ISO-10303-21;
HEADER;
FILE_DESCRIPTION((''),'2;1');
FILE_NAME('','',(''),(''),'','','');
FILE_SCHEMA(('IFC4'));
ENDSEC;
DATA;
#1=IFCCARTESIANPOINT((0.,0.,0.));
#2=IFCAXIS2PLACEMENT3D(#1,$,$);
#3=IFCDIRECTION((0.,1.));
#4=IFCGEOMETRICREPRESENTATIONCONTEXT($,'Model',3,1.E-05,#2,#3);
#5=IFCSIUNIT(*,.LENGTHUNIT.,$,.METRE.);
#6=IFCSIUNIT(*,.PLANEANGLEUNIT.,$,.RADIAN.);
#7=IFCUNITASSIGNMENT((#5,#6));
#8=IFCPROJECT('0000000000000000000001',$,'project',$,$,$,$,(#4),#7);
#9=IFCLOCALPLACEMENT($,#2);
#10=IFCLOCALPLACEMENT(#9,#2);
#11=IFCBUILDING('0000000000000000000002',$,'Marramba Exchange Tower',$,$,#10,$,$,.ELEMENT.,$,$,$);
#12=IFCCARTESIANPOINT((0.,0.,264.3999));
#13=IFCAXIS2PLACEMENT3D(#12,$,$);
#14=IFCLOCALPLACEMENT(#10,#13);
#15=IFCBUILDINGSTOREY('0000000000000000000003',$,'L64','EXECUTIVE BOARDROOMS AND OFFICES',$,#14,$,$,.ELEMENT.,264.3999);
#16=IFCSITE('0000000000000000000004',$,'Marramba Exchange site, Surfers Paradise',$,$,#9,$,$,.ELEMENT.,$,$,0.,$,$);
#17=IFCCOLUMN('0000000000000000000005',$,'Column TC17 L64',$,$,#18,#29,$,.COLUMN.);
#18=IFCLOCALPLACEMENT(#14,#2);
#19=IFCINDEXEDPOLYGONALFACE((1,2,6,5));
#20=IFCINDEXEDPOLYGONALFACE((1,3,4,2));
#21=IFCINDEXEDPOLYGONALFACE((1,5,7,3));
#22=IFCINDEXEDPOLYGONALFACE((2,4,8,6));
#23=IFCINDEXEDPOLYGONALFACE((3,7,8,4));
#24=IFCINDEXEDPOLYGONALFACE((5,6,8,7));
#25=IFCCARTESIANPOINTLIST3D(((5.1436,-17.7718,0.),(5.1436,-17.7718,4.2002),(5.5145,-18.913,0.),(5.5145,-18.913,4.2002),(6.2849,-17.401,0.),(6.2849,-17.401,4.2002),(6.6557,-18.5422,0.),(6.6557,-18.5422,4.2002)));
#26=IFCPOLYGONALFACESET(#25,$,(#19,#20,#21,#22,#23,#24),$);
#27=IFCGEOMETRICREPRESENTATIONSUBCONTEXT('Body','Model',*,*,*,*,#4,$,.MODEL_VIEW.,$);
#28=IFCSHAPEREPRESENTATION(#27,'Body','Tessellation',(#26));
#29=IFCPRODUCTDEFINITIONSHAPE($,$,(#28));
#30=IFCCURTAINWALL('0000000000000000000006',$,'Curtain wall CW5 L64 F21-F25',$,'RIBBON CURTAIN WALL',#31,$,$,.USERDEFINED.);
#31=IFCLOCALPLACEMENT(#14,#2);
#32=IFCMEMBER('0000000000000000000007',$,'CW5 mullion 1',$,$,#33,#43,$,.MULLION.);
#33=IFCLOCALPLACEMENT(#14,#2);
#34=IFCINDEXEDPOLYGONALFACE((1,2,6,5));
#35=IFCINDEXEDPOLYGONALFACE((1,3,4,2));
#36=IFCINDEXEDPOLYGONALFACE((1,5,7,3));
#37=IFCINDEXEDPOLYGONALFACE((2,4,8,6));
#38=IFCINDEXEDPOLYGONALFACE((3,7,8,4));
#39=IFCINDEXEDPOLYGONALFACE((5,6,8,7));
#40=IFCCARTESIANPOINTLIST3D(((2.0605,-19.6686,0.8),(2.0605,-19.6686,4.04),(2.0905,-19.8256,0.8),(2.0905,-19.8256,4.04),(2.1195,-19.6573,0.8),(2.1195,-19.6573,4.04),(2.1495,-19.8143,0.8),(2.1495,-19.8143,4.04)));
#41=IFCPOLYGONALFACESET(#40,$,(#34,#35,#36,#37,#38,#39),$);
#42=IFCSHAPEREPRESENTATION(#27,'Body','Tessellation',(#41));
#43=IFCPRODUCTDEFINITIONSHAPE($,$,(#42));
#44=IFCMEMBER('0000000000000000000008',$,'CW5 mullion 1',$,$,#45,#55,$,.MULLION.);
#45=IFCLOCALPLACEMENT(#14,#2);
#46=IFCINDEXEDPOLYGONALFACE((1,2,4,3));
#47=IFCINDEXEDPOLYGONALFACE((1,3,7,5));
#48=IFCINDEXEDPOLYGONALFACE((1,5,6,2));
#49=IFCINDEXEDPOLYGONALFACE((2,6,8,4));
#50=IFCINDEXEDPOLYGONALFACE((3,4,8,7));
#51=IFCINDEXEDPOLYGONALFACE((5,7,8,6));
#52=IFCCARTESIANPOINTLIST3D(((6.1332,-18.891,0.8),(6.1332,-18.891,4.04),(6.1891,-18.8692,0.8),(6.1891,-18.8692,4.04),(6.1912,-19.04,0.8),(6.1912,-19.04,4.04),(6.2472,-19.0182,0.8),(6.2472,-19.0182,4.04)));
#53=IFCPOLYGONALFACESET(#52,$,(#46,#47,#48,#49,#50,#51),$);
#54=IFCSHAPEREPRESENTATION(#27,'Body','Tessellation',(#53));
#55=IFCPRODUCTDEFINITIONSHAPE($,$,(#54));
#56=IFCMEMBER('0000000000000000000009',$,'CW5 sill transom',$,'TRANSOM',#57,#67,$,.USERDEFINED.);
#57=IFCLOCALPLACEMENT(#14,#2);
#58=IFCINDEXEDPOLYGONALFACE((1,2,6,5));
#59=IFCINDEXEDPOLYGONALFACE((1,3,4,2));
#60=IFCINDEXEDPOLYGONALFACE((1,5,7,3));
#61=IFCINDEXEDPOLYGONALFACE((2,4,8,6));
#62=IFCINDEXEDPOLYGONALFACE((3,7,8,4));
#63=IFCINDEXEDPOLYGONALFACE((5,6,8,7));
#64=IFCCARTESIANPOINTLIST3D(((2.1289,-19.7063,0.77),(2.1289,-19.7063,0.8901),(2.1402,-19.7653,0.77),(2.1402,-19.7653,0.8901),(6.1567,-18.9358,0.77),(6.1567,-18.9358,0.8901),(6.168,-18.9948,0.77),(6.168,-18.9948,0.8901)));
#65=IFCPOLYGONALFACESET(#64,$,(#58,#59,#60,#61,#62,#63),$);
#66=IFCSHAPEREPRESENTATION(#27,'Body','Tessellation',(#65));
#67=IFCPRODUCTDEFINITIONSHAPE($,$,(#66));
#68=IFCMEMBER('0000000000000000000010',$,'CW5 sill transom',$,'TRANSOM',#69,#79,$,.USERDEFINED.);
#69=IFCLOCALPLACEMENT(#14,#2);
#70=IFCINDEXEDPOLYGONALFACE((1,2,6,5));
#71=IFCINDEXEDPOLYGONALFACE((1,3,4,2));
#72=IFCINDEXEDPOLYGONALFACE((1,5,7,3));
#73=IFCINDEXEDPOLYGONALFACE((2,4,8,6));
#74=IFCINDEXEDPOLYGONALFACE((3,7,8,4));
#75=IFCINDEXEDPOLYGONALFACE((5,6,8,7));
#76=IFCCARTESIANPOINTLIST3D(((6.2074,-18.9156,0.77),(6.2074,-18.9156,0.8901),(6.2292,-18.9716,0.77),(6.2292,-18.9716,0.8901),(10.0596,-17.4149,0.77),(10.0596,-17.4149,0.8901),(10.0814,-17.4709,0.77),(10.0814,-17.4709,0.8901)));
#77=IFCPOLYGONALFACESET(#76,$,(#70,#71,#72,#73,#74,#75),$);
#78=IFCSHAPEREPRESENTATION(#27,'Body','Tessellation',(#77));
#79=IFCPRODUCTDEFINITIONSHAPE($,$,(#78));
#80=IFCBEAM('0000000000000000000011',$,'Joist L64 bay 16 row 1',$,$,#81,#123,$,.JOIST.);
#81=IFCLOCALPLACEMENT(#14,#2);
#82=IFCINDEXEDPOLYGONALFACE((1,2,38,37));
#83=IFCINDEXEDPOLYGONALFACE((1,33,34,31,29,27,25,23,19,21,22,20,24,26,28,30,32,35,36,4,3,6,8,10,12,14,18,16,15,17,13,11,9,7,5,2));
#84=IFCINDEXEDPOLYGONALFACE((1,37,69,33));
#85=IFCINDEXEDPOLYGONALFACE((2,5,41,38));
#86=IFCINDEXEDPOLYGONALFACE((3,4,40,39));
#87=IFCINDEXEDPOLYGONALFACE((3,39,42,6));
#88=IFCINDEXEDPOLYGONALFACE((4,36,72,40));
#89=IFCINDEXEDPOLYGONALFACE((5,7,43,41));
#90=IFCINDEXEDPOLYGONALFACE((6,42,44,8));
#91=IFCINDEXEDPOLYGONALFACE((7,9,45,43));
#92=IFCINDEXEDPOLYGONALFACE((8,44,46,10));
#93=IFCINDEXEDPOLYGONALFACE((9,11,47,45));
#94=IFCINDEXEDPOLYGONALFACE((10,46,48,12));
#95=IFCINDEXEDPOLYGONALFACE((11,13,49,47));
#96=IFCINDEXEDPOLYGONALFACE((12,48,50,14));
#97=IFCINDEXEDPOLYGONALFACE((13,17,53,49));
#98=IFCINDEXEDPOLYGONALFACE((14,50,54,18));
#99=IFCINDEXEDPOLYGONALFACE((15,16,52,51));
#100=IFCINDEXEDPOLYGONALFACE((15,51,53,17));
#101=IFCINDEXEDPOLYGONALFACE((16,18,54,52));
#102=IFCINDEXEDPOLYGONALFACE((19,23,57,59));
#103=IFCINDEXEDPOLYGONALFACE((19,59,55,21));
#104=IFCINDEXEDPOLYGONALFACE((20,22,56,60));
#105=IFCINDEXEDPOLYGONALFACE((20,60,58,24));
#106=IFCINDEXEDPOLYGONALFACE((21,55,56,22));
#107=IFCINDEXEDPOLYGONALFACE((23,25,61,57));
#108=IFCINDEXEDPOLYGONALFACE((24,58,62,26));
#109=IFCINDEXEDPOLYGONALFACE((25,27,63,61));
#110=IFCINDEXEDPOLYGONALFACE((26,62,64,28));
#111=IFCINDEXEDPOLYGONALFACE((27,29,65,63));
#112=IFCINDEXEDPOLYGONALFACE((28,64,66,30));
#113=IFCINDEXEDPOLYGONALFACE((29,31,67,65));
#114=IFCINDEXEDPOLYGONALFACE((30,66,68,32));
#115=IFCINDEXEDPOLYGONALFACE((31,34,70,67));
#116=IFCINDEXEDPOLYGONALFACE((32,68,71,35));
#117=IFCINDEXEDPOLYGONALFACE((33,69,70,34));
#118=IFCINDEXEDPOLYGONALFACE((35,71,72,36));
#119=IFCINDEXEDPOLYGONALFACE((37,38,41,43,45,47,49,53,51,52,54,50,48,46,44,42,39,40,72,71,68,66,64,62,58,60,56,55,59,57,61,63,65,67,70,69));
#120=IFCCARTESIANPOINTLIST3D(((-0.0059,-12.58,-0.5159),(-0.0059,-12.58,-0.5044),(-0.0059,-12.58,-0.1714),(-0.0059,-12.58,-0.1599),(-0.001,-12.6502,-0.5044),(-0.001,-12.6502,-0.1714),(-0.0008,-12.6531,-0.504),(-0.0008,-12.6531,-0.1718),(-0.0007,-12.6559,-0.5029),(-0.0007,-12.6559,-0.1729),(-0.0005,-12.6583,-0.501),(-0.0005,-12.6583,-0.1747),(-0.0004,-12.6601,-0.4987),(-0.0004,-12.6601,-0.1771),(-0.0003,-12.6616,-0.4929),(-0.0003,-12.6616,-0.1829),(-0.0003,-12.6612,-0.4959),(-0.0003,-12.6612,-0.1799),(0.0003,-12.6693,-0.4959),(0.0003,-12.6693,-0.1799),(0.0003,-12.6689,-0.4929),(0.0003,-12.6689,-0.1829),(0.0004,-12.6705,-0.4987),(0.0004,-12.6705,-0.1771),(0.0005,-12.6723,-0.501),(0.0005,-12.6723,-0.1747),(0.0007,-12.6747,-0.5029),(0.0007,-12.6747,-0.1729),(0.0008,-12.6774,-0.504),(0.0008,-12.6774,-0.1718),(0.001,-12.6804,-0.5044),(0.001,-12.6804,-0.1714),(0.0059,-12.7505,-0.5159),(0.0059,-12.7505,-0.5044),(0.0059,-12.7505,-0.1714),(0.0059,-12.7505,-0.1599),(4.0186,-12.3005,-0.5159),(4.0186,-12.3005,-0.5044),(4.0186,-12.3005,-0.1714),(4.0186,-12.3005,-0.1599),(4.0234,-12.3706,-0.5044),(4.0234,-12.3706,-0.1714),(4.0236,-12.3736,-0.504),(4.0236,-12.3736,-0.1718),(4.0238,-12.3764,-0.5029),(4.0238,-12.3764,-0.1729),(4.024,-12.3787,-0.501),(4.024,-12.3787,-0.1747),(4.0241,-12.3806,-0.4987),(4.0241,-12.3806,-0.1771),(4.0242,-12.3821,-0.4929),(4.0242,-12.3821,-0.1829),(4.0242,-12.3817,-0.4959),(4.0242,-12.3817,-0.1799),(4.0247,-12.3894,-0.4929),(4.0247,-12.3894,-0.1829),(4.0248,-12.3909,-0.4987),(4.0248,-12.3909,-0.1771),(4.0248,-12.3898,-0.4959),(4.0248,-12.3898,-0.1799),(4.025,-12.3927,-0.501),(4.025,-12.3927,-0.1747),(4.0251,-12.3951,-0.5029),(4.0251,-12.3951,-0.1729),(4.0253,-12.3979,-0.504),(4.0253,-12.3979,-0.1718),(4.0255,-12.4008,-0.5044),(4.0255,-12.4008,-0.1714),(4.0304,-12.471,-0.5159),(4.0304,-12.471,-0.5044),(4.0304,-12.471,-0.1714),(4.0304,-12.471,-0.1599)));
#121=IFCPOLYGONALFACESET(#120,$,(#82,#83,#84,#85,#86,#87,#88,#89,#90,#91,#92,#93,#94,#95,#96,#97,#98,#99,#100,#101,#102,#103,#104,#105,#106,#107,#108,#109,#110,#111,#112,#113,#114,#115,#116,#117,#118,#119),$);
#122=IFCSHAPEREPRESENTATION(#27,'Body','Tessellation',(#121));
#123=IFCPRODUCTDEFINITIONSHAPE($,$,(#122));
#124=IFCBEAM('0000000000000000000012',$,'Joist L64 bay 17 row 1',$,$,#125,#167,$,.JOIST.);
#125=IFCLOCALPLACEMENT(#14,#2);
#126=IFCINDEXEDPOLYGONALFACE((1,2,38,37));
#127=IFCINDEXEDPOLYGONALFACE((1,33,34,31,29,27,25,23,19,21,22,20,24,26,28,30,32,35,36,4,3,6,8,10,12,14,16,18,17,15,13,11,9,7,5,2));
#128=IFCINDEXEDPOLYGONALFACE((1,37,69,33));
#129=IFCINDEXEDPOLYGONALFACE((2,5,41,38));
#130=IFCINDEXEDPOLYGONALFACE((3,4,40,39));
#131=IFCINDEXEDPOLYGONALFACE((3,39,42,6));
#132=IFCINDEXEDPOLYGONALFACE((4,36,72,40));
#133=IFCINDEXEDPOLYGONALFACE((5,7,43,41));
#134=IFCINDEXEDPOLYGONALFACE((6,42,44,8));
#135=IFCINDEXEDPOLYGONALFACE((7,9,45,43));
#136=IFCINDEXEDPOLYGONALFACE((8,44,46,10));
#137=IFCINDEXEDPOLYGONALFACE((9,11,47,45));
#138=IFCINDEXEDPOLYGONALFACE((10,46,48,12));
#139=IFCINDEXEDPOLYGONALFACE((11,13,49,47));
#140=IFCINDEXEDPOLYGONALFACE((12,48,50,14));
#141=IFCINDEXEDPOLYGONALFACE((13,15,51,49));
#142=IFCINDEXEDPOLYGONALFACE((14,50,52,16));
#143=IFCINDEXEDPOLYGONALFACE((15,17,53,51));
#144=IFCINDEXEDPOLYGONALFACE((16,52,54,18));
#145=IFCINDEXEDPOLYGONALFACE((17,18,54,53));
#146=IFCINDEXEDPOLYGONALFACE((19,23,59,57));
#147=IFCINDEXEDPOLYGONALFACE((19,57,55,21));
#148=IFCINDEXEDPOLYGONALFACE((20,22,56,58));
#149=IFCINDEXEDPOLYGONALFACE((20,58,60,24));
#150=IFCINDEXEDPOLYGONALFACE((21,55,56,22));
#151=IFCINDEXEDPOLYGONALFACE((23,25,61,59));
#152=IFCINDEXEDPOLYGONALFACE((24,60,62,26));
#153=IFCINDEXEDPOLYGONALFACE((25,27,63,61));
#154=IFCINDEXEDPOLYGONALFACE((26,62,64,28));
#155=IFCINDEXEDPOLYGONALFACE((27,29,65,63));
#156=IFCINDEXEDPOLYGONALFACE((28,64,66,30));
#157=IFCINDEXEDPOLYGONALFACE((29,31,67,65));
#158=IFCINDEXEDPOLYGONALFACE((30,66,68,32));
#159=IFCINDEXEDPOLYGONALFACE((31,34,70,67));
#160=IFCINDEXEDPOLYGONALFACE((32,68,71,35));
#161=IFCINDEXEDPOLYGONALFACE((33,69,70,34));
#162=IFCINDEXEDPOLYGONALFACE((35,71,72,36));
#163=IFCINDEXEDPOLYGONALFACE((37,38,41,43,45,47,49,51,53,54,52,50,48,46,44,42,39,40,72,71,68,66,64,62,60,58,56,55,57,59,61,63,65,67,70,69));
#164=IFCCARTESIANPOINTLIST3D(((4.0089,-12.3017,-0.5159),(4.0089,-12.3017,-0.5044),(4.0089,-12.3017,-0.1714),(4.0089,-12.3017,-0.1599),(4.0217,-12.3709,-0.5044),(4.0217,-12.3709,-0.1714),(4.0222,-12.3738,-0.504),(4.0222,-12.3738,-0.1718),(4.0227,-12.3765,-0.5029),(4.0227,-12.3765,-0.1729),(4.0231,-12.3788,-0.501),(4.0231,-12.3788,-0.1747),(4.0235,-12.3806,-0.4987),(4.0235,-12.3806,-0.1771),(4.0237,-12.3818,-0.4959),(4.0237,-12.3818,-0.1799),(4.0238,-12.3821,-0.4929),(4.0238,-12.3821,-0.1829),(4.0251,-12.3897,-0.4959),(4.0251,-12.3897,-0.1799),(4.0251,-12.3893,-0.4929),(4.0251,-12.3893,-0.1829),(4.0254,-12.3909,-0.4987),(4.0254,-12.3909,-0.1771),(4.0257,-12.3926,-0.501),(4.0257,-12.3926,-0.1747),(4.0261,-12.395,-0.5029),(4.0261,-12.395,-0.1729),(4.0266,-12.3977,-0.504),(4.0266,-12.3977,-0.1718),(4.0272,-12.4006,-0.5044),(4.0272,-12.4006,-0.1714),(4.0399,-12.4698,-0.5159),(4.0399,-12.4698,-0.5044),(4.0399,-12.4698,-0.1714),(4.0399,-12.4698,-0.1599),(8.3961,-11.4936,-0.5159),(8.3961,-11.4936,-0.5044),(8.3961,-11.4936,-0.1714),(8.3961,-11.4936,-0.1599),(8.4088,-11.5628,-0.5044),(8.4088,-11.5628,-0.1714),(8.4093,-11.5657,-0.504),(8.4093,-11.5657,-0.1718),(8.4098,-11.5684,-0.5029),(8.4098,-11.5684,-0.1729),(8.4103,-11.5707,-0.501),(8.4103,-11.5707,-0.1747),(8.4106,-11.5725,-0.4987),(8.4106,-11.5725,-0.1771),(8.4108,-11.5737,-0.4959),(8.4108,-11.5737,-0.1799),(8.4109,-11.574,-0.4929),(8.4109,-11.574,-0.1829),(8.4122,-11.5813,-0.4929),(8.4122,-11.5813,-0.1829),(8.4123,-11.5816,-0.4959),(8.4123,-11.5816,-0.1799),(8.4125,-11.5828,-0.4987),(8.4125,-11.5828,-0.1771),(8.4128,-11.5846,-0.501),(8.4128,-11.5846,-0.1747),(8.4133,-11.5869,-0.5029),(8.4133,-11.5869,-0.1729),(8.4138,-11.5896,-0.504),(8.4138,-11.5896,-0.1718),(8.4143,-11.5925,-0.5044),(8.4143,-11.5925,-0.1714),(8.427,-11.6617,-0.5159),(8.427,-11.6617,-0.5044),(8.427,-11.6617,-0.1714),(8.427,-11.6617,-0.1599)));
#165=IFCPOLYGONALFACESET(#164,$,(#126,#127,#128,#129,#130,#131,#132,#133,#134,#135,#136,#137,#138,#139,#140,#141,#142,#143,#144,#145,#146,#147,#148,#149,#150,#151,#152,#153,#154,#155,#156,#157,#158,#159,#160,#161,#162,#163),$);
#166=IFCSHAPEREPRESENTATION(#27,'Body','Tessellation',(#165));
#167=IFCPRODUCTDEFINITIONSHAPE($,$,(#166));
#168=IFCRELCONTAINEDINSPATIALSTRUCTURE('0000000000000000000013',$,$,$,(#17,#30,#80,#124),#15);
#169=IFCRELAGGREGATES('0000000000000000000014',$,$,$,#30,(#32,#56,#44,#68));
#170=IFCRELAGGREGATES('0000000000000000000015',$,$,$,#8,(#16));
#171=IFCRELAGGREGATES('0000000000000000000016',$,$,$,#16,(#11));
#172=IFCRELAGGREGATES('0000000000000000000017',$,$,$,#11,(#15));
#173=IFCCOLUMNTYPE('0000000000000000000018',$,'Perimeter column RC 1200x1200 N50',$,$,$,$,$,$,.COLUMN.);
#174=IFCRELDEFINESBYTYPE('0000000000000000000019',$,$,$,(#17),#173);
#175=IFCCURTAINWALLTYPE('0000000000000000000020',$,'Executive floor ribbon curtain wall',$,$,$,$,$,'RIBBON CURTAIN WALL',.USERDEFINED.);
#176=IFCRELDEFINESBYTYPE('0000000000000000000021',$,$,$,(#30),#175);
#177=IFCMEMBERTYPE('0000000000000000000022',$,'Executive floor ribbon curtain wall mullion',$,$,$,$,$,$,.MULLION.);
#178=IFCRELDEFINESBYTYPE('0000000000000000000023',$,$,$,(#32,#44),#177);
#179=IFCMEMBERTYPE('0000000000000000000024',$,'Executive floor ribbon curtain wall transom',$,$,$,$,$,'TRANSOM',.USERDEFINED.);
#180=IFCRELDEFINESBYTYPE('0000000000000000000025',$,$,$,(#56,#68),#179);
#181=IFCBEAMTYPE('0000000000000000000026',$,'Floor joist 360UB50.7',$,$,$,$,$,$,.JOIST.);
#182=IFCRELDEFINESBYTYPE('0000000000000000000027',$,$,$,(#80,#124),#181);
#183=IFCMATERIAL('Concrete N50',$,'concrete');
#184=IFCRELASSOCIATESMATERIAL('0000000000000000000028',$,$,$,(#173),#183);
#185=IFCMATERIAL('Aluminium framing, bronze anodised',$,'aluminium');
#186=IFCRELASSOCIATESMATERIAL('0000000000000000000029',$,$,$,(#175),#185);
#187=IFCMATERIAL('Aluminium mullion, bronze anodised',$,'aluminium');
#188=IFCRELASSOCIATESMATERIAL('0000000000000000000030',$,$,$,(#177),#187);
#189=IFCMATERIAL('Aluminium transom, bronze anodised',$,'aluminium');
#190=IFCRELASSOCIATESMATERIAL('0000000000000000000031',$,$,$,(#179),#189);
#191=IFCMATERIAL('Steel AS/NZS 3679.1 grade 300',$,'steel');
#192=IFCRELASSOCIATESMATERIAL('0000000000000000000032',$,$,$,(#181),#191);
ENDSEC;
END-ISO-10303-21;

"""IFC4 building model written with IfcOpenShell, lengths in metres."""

from ifc_helpers import new_model, si_unit, direction, frame, origin, origin_2d, place, context, subcontext, project, spatial, rectangle, i_section, extrude, material, material_profile, profile_set, type_object, element, aggregate, save


model = new_model("IFC4")

# Units and contexts
model_context = context("Model", 3, precision=1e-05, world=origin(), true_north=direction((0.0, 1.0)))
body_context = subcontext(model_context, "Body", "Model", "MODEL_VIEW")
ifc_project = project(units=[si_unit("LENGTHUNIT", "METRE"), si_unit("PLANEANGLEUNIT", "RADIAN")], contexts=[model_context])

# Site, building, storey
site_placement = place(None, origin())
site = spatial("IfcSite", under=ifc_project, at=site_placement, Name="Marramba Exchange site, Surfers Paradise", CompositionType="ELEMENT", RefElevation=0.0)
building_placement = place(site_placement, origin())
building = spatial("IfcBuilding", under=site, at=building_placement, Name="Marramba Exchange Tower", CompositionType="ELEMENT")
storey_placement = place(building_placement, frame((0.0, 0.0, 264.3999)))
storey = spatial("IfcBuildingStorey", under=building, at=storey_placement, Name="L64", Description="EXECUTIVE BOARDROOMS AND OFFICES", CompositionType="ELEMENT", Elevation=264.3999)

# Column
ifc_material_1 = material(Name="Concrete N50", Category="concrete")
ifc_material_profile_1 = material_profile(ifc_material_1, rectangle(XDim=1.2, YDim=1.2, at=origin_2d()), Name="RC 1200x1200")
ifc_profile_set_1 = profile_set([ifc_material_profile_1], Name="Concrete N50")
column_type = type_object("IfcColumnType", Name="Perimeter column RC 1200x1200 N50", PredefinedType="COLUMN", material=ifc_profile_set_1)
column_placement = place(storey_placement, frame((5.8997, -18.157, 0.0), z_axis=(0.0, 0.0, 1.0), x_axis=(0.309017, -0.951057, 0.0)))
element("IfcColumn", 1, at=column_placement, inside=storey, type_object=column_type, Name="Column TC17 L64", PredefinedType="COLUMN", context=body_context, shape_type="SweptSolid", body=[
    extrude(rectangle(XDim=1.2, YDim=1.2, at=origin_2d()), origin(), (0.0, 0.0, 1.0), 4.2002),
])

# Curtain wall, members
ifc_material_2 = material(Name="Aluminium framing, bronze anodised", Category="aluminium")
curtain_wall_type = type_object("IfcCurtainWallType", Name="Executive floor ribbon curtain wall", ElementType="RIBBON CURTAIN WALL", PredefinedType="USERDEFINED", material=ifc_material_2)
curtain_wall_placement = place(storey_placement, origin())
curtain_wall = element("IfcCurtainWall", 2, at=curtain_wall_placement, inside=storey, type_object=curtain_wall_type, Name="Curtain wall CW5 L64 F21-F25", ObjectType="RIBBON CURTAIN WALL", PredefinedType="USERDEFINED")
ifc_material_3 = material(Name="Aluminium mullion, bronze anodised", Category="aluminium")
ifc_material_profile_2 = material_profile(ifc_material_3, rectangle(XDim=0.1599, YDim=0.0601, at=origin_2d()), Name="CW5 mullion 60x160")
ifc_profile_set_2 = profile_set([ifc_material_profile_2], Name="Aluminium mullion, bronze anodised")
member_type_1 = type_object("IfcMemberType", Name="Executive floor ribbon curtain wall mullion", PredefinedType="MULLION", material=ifc_profile_set_2)
member_1_placement = place(storey_placement, frame((2.105, -19.7415, 0.8), z_axis=(0.0, 0.0, 1.0), x_axis=(-0.187873, 0.982193, 0.0)))
member_1 = element("IfcMember", 3, at=member_1_placement, type_object=member_type_1, Name="CW5 mullion 1", PredefinedType="MULLION", context=body_context, shape_type="SweptSolid", body=[
    extrude(rectangle(XDim=0.1599, YDim=0.0601, at=origin_2d()), origin(), (0.0, 0.0, 1.0), 3.24),
])
member_2_placement = place(storey_placement, frame((6.1902, -18.9546, 0.8), z_axis=(0.0, 0.0, 1.0), x_axis=(-0.36301, 0.931785, 0.0)))
member_2 = element("IfcMember", 4, at=member_2_placement, type_object=member_type_1, Name="CW5 mullion 1", PredefinedType="MULLION", context=body_context, shape_type="SweptSolid", body=[
    extrude(rectangle(XDim=0.1599, YDim=0.0601, at=origin_2d()), origin(), (0.0, 0.0, 1.0), 3.24),
])
ifc_material_4 = material(Name="Aluminium transom, bronze anodised", Category="aluminium")
ifc_material_profile_3 = material_profile(ifc_material_4, rectangle(XDim=0.0601, YDim=0.1201, at=origin_2d()), Name="CW5 transom 60x120")
ifc_profile_set_3 = profile_set([ifc_material_profile_3], Name="Aluminium transom, bronze anodised")
member_type_2 = type_object("IfcMemberType", Name="Executive floor ribbon curtain wall transom", ElementType="TRANSOM", PredefinedType="USERDEFINED", material=ifc_profile_set_3)
member_3_placement = place(storey_placement, frame((2.1345, -19.7358, 0.8301), z_axis=(0.98219, 0.187889, 0.0), x_axis=(-0.187889, 0.98219, 0.0)))
member_3 = element("IfcMember", 5, at=member_3_placement, type_object=member_type_2, Name="CW5 sill transom", ObjectType="TRANSOM", PredefinedType="USERDEFINED", context=body_context, shape_type="SweptSolid", body=[
    extrude(rectangle(XDim=0.0601, YDim=0.1201, at=origin_2d()), origin(), (0.0, 0.0, 1.0), 4.1008),
])
member_4_placement = place(storey_placement, frame((6.2183, -18.9436, 0.8301), z_axis=(0.931791, 0.362996, 0.0), x_axis=(-0.362996, 0.931791, 0.0)))
member_4 = element("IfcMember", 6, at=member_4_placement, type_object=member_type_2, Name="CW5 sill transom", ObjectType="TRANSOM", PredefinedType="USERDEFINED", context=body_context, shape_type="SweptSolid", body=[
    extrude(rectangle(XDim=0.0601, YDim=0.1201, at=origin_2d()), origin(), (0.0, 0.0, 1.0), 4.1343),
])

# Beams
ifc_material_5 = material(Name="Steel AS/NZS 3679.1 grade 300", Category="steel")
ifc_material_profile_4 = material_profile(ifc_material_5, i_section(OverallWidth=0.1709, OverallDepth=0.356, WebThickness=0.0073, FlangeThickness=0.0115, FilletRadius=0.0115, at=origin_2d()), Name="360UB50.7")
ifc_profile_set_4 = profile_set([ifc_material_profile_4], Name="Steel AS/NZS 3679.1 grade 300")
beam_type_1 = type_object("IfcBeamType", Name="Floor joist 360UB50.7", PredefinedType="JOIST", material=ifc_profile_set_4)
beam_1_placement = place(storey_placement, frame((0.0, -12.6653, -0.3379), z_axis=(0.997596, 0.069294, 0.0), x_axis=(-0.069294, 0.997596, 0.0)))
element("IfcBeam", 7, at=beam_1_placement, inside=storey, type_object=beam_type_1, Name="Joist L64 bay 16 row 1", PredefinedType="JOIST", context=body_context, shape_type="SweptSolid", body=[
    extrude(i_section(OverallWidth=0.1709, OverallDepth=0.356, WebThickness=0.0073, FlangeThickness=0.0115, FilletRadius=0.0115, at=origin_2d()), origin(), (0.0, 0.0, 1.0), 4.0342),
])
beam_2_placement = place(storey_placement, frame((4.0244, -12.3857, -0.3379), z_axis=(0.983456, 0.181149, 0.0), x_axis=(-0.181149, 0.983456, 0.0)))
element("IfcBeam", 8, at=beam_2_placement, inside=storey, type_object=beam_type_1, Name="Joist L64 bay 17 row 1", PredefinedType="JOIST", context=body_context, shape_type="SweptSolid", body=[
    extrude(i_section(OverallWidth=0.1709, OverallDepth=0.356, WebThickness=0.0073, FlangeThickness=0.0115, FilletRadius=0.0115, at=origin_2d()), origin(), (0.0, 0.0, 1.0), 4.4609),
])

aggregate(curtain_wall, [member_1, member_3, member_2, member_4])

save(model, "model.ifc")
